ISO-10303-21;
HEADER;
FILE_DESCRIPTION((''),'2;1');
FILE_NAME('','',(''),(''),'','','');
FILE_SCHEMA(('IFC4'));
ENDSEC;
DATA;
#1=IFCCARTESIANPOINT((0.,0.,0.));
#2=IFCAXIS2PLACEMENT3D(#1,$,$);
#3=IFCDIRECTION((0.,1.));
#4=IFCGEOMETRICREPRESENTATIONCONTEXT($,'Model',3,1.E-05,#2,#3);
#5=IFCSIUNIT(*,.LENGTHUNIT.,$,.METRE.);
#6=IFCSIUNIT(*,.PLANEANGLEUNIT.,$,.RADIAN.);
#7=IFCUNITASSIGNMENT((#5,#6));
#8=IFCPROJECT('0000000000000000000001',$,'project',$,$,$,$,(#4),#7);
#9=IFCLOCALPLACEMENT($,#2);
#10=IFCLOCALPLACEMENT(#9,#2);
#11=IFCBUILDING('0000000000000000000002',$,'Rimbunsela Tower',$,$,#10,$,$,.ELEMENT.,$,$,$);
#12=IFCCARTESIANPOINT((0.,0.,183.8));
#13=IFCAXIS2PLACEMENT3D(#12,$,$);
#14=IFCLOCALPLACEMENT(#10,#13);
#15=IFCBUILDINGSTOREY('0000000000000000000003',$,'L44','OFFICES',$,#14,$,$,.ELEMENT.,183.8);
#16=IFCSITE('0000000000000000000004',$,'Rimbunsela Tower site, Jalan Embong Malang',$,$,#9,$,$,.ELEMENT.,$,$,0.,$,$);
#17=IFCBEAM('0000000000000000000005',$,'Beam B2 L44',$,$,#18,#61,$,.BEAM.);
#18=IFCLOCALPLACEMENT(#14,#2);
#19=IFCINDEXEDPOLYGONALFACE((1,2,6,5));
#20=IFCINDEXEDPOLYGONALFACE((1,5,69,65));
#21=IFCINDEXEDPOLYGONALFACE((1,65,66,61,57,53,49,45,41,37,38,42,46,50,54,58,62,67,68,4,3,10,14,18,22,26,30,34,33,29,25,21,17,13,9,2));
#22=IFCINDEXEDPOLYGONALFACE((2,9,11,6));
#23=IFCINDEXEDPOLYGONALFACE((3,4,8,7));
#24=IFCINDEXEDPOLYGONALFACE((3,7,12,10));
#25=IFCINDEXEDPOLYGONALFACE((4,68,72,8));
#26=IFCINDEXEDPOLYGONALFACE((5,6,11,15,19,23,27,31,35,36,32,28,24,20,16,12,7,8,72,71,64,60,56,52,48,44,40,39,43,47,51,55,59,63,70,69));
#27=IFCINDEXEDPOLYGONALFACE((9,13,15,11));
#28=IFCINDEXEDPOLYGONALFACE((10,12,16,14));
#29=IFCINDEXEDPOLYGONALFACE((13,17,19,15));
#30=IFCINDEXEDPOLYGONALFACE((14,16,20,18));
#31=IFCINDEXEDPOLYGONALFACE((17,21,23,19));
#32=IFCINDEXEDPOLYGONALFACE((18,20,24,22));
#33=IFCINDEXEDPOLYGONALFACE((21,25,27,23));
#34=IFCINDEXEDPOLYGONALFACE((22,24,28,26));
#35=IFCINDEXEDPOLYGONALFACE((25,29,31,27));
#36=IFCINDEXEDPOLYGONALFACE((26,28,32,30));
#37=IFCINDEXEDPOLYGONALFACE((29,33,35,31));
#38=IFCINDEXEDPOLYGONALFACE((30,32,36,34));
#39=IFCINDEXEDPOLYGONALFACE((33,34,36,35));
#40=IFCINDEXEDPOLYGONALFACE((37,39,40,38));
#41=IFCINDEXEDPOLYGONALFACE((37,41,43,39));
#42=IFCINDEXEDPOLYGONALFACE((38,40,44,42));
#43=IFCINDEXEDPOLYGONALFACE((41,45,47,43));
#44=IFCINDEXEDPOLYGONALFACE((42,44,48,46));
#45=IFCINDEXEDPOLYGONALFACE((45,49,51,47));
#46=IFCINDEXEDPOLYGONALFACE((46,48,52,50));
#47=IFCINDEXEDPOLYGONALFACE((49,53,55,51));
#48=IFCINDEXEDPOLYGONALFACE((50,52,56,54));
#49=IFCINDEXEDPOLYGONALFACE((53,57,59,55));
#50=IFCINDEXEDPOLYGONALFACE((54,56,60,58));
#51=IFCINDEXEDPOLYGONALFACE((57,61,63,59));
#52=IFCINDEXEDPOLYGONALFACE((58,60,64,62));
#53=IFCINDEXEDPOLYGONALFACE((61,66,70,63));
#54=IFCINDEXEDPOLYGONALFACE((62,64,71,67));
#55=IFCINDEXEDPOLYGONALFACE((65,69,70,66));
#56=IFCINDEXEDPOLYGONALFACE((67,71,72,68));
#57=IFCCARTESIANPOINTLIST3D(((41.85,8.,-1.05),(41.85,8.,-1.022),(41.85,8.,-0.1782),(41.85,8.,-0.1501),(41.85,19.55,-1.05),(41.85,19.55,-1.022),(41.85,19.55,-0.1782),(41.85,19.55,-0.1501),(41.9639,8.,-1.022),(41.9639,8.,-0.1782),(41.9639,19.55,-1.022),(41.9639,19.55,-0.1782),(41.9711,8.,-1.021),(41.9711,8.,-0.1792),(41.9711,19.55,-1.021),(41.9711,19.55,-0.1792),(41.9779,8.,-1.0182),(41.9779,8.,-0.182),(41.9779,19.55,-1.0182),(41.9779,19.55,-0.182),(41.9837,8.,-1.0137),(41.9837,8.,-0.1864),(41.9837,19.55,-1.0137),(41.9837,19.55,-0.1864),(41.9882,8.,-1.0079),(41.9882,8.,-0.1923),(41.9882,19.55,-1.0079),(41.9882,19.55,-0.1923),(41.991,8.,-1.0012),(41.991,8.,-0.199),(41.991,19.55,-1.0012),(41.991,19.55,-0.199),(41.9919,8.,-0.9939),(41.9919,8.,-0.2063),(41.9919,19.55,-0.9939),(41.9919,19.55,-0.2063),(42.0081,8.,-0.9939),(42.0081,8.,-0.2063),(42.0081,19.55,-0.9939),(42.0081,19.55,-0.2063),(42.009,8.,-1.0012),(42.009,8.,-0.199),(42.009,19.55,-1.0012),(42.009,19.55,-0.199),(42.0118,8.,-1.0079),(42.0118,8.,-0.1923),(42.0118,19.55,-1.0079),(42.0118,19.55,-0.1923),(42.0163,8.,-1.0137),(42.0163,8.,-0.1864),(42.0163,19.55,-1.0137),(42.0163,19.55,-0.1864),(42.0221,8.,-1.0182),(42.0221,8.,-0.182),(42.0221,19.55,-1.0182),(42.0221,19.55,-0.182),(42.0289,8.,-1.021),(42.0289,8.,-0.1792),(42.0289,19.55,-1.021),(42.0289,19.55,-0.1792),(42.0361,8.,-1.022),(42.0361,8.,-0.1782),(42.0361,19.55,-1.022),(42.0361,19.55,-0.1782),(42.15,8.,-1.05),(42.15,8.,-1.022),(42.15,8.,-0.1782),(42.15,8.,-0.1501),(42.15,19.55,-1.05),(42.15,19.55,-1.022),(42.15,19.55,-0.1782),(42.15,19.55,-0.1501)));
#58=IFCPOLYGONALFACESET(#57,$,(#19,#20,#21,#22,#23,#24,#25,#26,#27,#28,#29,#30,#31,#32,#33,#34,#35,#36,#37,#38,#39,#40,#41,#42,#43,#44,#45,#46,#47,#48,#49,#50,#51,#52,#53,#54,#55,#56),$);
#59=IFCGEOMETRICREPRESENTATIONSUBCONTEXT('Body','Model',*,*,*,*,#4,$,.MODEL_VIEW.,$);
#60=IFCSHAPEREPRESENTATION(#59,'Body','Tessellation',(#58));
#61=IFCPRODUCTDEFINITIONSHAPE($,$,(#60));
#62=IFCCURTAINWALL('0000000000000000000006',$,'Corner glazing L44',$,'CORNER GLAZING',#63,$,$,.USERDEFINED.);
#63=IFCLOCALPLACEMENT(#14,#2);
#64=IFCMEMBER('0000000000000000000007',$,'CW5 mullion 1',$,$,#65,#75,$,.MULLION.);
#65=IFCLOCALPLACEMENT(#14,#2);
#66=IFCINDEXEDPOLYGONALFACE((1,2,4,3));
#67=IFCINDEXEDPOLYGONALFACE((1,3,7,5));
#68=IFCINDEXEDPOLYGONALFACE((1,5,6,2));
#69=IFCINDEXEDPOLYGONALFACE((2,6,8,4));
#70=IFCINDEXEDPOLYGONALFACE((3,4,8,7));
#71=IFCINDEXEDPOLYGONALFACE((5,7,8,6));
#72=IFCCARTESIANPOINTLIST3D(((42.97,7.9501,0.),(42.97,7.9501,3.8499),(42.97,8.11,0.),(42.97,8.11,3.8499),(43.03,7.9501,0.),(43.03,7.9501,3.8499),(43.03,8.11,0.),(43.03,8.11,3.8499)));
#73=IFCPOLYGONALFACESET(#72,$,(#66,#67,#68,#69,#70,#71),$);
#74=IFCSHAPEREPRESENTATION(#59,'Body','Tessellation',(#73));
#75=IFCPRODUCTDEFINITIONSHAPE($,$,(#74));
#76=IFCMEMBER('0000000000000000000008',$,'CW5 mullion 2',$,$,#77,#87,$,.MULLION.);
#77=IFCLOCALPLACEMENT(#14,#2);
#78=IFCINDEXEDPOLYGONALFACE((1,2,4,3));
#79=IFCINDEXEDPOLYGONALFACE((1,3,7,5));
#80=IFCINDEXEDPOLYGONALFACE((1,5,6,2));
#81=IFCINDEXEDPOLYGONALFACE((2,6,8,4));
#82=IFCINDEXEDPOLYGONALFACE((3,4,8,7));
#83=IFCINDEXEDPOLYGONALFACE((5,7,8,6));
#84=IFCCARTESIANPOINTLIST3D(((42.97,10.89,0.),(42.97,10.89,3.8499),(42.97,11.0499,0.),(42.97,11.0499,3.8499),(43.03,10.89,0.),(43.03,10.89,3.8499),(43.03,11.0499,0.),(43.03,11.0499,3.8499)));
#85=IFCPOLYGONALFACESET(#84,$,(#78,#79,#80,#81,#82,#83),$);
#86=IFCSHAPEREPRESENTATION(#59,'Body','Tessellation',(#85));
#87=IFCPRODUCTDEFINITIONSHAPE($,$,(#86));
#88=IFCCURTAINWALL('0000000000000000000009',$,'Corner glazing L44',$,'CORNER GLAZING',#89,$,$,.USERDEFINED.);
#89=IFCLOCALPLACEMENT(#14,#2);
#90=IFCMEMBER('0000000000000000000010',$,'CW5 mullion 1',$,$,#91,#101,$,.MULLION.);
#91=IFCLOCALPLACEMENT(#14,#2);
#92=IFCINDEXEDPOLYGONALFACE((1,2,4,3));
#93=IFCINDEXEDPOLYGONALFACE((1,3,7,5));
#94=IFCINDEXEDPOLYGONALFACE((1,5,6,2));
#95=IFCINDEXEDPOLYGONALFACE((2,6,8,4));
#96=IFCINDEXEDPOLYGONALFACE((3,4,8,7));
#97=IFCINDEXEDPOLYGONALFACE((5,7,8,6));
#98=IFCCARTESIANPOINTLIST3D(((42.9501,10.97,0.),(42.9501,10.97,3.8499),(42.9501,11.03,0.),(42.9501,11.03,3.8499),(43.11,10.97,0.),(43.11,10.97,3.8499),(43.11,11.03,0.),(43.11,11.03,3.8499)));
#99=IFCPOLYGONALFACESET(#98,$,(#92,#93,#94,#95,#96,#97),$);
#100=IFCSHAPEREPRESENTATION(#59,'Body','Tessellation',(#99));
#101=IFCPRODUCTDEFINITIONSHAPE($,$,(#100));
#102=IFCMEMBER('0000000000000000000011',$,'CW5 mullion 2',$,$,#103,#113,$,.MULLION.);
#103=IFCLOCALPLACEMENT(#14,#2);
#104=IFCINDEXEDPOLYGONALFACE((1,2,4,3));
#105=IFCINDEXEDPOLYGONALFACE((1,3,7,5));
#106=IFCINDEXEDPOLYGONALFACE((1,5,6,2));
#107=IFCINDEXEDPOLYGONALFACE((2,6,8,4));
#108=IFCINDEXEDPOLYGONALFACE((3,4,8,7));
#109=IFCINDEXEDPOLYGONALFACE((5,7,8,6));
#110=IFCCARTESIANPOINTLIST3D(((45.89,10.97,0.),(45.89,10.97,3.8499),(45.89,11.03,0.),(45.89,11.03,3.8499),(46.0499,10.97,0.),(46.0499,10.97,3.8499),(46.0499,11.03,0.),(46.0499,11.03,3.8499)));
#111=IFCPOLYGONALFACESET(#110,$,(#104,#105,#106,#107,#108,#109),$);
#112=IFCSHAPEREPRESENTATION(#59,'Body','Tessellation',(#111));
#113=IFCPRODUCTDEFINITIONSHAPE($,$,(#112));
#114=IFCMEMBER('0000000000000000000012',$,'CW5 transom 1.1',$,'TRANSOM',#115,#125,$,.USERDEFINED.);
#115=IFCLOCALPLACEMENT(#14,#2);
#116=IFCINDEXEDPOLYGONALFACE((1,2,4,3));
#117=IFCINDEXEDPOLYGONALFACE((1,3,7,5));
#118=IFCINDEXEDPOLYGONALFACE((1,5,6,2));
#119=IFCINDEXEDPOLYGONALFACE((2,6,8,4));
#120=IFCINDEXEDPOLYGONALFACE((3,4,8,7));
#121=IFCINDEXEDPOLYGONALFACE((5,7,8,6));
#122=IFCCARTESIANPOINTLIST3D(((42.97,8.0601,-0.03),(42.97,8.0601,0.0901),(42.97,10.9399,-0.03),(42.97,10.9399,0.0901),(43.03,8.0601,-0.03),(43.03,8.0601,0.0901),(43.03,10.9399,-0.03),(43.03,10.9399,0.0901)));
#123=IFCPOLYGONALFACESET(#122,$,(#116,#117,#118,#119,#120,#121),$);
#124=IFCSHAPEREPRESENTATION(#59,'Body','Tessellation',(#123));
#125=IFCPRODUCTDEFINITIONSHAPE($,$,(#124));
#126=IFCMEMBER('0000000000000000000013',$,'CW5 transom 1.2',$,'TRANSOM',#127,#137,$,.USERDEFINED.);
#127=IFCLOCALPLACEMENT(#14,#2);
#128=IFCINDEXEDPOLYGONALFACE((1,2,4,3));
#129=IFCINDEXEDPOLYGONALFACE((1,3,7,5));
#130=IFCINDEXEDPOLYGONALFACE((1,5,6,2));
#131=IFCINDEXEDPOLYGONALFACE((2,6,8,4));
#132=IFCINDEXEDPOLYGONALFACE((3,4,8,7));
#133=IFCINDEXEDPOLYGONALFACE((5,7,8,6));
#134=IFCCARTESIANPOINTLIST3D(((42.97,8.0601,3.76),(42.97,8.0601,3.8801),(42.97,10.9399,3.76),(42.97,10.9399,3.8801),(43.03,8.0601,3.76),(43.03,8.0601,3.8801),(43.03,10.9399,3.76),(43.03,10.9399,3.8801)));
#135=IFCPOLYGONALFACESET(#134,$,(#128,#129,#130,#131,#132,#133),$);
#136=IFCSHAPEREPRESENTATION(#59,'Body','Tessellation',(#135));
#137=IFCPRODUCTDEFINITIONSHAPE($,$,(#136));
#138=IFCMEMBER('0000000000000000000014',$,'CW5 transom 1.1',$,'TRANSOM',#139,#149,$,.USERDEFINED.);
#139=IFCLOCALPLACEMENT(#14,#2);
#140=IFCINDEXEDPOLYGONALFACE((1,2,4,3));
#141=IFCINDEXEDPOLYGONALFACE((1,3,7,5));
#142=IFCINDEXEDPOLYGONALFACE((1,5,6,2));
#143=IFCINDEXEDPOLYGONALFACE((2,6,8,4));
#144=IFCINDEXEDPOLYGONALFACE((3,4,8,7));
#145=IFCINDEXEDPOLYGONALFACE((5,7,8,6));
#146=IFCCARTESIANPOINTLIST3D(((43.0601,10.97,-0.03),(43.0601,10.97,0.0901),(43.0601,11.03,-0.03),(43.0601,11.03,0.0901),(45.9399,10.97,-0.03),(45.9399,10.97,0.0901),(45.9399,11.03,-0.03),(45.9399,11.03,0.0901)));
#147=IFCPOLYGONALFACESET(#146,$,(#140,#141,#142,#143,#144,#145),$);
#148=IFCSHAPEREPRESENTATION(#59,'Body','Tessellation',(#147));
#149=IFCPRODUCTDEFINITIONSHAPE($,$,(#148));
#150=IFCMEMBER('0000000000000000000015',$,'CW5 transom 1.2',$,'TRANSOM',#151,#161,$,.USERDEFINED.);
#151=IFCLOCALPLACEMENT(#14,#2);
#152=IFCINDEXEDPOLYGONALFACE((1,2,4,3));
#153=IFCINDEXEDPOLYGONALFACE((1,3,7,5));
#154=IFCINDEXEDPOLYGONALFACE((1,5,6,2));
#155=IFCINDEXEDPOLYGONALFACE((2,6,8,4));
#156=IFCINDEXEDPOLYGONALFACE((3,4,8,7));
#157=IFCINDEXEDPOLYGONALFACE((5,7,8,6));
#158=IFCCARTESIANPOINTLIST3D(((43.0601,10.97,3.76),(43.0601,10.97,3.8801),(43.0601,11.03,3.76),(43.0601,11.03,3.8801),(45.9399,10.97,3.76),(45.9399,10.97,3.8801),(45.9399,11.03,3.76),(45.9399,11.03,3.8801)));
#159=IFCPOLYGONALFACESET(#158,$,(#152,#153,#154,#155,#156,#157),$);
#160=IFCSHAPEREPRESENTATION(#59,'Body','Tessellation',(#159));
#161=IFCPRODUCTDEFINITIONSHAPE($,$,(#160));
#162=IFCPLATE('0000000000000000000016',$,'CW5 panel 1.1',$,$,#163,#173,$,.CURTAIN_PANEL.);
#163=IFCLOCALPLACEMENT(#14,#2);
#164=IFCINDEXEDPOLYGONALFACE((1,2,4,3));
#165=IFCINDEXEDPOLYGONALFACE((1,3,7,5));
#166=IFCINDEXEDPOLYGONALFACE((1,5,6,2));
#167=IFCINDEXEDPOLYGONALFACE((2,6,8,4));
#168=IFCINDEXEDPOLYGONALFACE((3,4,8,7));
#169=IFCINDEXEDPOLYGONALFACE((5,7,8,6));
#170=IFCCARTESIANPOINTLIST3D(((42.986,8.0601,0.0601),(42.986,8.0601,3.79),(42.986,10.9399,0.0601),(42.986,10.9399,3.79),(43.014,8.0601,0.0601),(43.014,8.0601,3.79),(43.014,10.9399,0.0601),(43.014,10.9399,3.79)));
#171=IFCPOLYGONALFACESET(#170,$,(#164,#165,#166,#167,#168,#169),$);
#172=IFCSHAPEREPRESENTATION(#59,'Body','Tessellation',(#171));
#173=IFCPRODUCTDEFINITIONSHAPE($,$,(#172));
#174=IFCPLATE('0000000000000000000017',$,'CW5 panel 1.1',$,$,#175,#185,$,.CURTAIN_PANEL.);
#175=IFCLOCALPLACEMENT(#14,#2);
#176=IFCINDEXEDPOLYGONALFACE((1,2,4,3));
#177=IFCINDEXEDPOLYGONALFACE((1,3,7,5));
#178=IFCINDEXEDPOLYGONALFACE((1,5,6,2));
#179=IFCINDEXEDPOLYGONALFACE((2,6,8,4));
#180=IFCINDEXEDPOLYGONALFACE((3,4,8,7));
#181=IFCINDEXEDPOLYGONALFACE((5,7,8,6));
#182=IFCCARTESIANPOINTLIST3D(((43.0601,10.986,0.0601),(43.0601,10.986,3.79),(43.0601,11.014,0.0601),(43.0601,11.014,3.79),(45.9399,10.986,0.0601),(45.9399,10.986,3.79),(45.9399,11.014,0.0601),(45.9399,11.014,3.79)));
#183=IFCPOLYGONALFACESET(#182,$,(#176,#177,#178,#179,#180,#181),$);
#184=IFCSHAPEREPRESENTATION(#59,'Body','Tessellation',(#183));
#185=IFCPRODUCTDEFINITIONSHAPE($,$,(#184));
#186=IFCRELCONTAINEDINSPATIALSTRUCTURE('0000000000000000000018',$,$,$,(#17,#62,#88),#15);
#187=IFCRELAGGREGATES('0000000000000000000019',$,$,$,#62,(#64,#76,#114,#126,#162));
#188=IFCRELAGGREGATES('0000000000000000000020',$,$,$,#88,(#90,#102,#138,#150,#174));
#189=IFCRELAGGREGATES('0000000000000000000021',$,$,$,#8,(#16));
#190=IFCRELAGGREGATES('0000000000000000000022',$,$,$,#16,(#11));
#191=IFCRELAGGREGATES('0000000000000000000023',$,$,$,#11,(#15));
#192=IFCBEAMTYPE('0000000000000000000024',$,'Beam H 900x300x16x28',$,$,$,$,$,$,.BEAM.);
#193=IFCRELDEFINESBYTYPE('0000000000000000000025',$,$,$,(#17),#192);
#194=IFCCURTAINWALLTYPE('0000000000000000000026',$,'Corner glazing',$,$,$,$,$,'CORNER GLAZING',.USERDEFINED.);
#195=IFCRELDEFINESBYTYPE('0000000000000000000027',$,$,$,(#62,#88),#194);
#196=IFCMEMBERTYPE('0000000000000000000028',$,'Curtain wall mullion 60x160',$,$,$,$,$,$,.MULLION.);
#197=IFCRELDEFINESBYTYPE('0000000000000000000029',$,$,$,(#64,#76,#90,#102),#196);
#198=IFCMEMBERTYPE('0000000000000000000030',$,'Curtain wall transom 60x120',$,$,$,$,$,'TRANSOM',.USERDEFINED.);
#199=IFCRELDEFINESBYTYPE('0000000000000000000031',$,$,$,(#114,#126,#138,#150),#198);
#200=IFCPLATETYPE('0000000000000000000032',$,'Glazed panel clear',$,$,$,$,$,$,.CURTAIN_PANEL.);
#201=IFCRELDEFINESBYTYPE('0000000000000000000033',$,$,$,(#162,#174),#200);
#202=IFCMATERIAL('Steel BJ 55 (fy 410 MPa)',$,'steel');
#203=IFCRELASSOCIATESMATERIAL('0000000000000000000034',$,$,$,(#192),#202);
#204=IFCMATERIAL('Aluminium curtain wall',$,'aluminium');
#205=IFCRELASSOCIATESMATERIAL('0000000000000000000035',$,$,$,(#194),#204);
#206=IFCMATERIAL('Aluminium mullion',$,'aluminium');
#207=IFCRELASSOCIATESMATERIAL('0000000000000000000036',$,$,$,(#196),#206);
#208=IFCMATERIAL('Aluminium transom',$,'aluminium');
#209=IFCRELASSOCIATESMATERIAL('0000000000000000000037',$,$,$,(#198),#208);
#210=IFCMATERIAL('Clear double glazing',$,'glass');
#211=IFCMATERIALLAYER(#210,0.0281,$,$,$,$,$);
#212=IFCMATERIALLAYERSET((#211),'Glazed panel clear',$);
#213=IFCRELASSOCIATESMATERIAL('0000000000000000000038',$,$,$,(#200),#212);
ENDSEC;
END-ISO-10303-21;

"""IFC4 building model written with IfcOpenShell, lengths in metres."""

from ifc_helpers import new_model, si_unit, direction, frame, origin, origin_2d, place, context, subcontext, project, spatial, rectangle, i_section, extrude, material, layer, layer_set, material_profile, profile_set, type_object, element, aggregate, save


model = new_model("IFC4")

# Units and contexts
model_context = context("Model", 3, precision=1e-05, world=origin(), true_north=direction((0.0, 1.0)))
body_context = subcontext(model_context, "Body", "Model", "MODEL_VIEW")
ifc_project = project(units=[si_unit("LENGTHUNIT", "METRE"), si_unit("PLANEANGLEUNIT", "RADIAN")], contexts=[model_context])

# Site, building, storey
site_placement = place(None, origin())
site = spatial("IfcSite", under=ifc_project, at=site_placement, Name="Rimbunsela Tower site, Jalan Embong Malang", CompositionType="ELEMENT", RefElevation=0.0)
building_placement = place(site_placement, origin())
building = spatial("IfcBuilding", under=site, at=building_placement, Name="Rimbunsela Tower", CompositionType="ELEMENT")
storey_placement = place(building_placement, frame((0.0, 0.0, 183.8)))
storey = spatial("IfcBuildingStorey", under=building, at=storey_placement, Name="L44", Description="OFFICES", CompositionType="ELEMENT", Elevation=183.8)

# Beam
ifc_material_1 = material(Name="Steel BJ 55 (fy 410 MPa)", Category="steel")
ifc_material_profile_1 = material_profile(ifc_material_1, i_section(OverallWidth=0.3, OverallDepth=0.8999, WebThickness=0.0161, FlangeThickness=0.0281, FilletRadius=0.0281, at=origin_2d()), Name="H 900x300x16x28")
ifc_profile_set_1 = profile_set([ifc_material_profile_1], Name="Steel BJ 55 (fy 410 MPa)")
beam_type_1 = type_object("IfcBeamType", Name="Beam H 900x300x16x28", PredefinedType="BEAM", material=ifc_profile_set_1)
for number, where, z_axis, x_axis, name in (
    (1, (42.0, 8.0, -0.6001), (0.0, 1.0, 0.0), (-1.0, 0.0, 0.0), "Beam B2 L44"),
):
    element("IfcBeam", number, at=place(storey_placement, frame(where, z_axis=z_axis, x_axis=x_axis)), inside=storey, type_object=beam_type_1, Name=name, PredefinedType="BEAM", context=body_context, shape_type="SweptSolid", body=[
        extrude(i_section(OverallWidth=0.3, OverallDepth=0.8999, WebThickness=0.0161, FlangeThickness=0.0281, FilletRadius=0.0281, at=origin_2d()), origin(), (0.0, 0.0, 1.0), 11.55),
    ])

# Curtain walls, members
ifc_material_2 = material(Name="Aluminium curtain wall", Category="aluminium")
curtain_wall_type = type_object("IfcCurtainWallType", Name="Corner glazing", ElementType="CORNER GLAZING", PredefinedType="USERDEFINED", material=ifc_material_2)
curtain_wall_1_placement = place(storey_placement, origin())
curtain_wall_1 = element("IfcCurtainWall", 2, at=curtain_wall_1_placement, inside=storey, type_object=curtain_wall_type, Name="Corner glazing L44", ObjectType="CORNER GLAZING", PredefinedType="USERDEFINED")
ifc_material_3 = material(Name="Aluminium mullion", Category="aluminium")
ifc_material_profile_2 = material_profile(ifc_material_3, rectangle(XDim=0.0601, YDim=0.1599, at=origin_2d()), Name="Mullion 60x160")
ifc_profile_set_2 = profile_set([ifc_material_profile_2], Name="Aluminium mullion")
member_type_1 = type_object("IfcMemberType", Name="Curtain wall mullion 60x160", PredefinedType="MULLION", material=ifc_profile_set_2)
member_1_placement = place(storey_placement, frame((43.0, 8.03, 0.0), z_axis=(0.0, 0.0, 1.0), x_axis=(-1.0, 0.0, 0.0)))
member_1 = element("IfcMember", 3, at=member_1_placement, type_object=member_type_1, Name="CW5 mullion 1", PredefinedType="MULLION", context=body_context, shape_type="SweptSolid", body=[
    extrude(rectangle(XDim=0.0601, YDim=0.1599, at=origin_2d()), origin(), (0.0, 0.0, 1.0), 3.8499),
])
member_2_placement = place(storey_placement, frame((43.0, 10.97, 0.0), z_axis=(0.0, 0.0, 1.0), x_axis=(-1.0, 0.0, 0.0)))
member_2 = element("IfcMember", 4, at=member_2_placement, type_object=member_type_1, Name="CW5 mullion 2", PredefinedType="MULLION", context=body_context, shape_type="SweptSolid", body=[
    extrude(rectangle(XDim=0.0601, YDim=0.1599, at=origin_2d()), origin(), (0.0, 0.0, 1.0), 3.8499),
])
curtain_wall_2_placement = place(storey_placement, origin())
curtain_wall_2 = element("IfcCurtainWall", 5, at=curtain_wall_2_placement, inside=storey, type_object=curtain_wall_type, Name="Corner glazing L44", ObjectType="CORNER GLAZING", PredefinedType="USERDEFINED")
member_3_placement = place(storey_placement, frame((43.03, 11.0, 0.0), z_axis=(0.0, 0.0, 1.0), x_axis=(0.0, 1.0, 0.0)))
member_3 = element("IfcMember", 6, at=member_3_placement, type_object=member_type_1, Name="CW5 mullion 1", PredefinedType="MULLION", context=body_context, shape_type="SweptSolid", body=[
    extrude(rectangle(XDim=0.0601, YDim=0.1599, at=origin_2d()), origin(), (0.0, 0.0, 1.0), 3.8499),
])
member_4_placement = place(storey_placement, frame((45.97, 11.0, 0.0), z_axis=(0.0, 0.0, 1.0), x_axis=(0.0, 1.0, 0.0)))
member_4 = element("IfcMember", 7, at=member_4_placement, type_object=member_type_1, Name="CW5 mullion 2", PredefinedType="MULLION", context=body_context, shape_type="SweptSolid", body=[
    extrude(rectangle(XDim=0.0601, YDim=0.1599, at=origin_2d()), origin(), (0.0, 0.0, 1.0), 3.8499),
])

# Members
ifc_material_4 = material(Name="Aluminium transom", Category="aluminium")
ifc_material_profile_3 = material_profile(ifc_material_4, rectangle(XDim=0.0601, YDim=0.1201, at=origin_2d()), Name="Transom 60x120")
ifc_profile_set_3 = profile_set([ifc_material_profile_3], Name="Aluminium transom")
member_type_2 = type_object("IfcMemberType", Name="Curtain wall transom 60x120", ElementType="TRANSOM", PredefinedType="USERDEFINED", material=ifc_profile_set_3)
member_5_placement = place(storey_placement, frame((43.0, 8.0601, 0.03), z_axis=(0.0, 1.0, 0.0), x_axis=(-1.0, 0.0, 0.0)))
member_5 = element("IfcMember", 8, at=member_5_placement, type_object=member_type_2, Name="CW5 transom 1.1", ObjectType="TRANSOM", PredefinedType="USERDEFINED", context=body_context, shape_type="SweptSolid", body=[
    extrude(rectangle(XDim=0.0601, YDim=0.1201, at=origin_2d()), origin(), (0.0, 0.0, 1.0), 2.8799),
])
member_6_placement = place(storey_placement, frame((43.0, 8.0601, 3.8201), z_axis=(0.0, 1.0, 0.0), x_axis=(-1.0, 0.0, 0.0)))
member_6 = element("IfcMember", 9, at=member_6_placement, type_object=member_type_2, Name="CW5 transom 1.2", ObjectType="TRANSOM", PredefinedType="USERDEFINED", context=body_context, shape_type="SweptSolid", body=[
    extrude(rectangle(XDim=0.0601, YDim=0.1201, at=origin_2d()), origin(), (0.0, 0.0, 1.0), 2.8799),
])
member_7_placement = place(storey_placement, frame((43.0601, 11.0, 0.03), z_axis=(1.0, 0.0, 0.0), x_axis=(0.0, 1.0, 0.0)))
member_7 = element("IfcMember", 10, at=member_7_placement, type_object=member_type_2, Name="CW5 transom 1.1", ObjectType="TRANSOM", PredefinedType="USERDEFINED", context=body_context, shape_type="SweptSolid", body=[
    extrude(rectangle(XDim=0.0601, YDim=0.1201, at=origin_2d()), origin(), (0.0, 0.0, 1.0), 2.8799),
])
member_8_placement = place(storey_placement, frame((43.0601, 11.0, 3.8201), z_axis=(1.0, 0.0, 0.0), x_axis=(0.0, 1.0, 0.0)))
member_8 = element("IfcMember", 11, at=member_8_placement, type_object=member_type_2, Name="CW5 transom 1.2", ObjectType="TRANSOM", PredefinedType="USERDEFINED", context=body_context, shape_type="SweptSolid", body=[
    extrude(rectangle(XDim=0.0601, YDim=0.1201, at=origin_2d()), origin(), (0.0, 0.0, 1.0), 2.8799),
])

# Plates
ifc_material_5 = material(Name="Clear double glazing", Category="glass")
ifc_layer_1 = layer(ifc_material_5, 0.0281)
ifc_layer_set_1 = layer_set([ifc_layer_1], Name="Glazed panel clear")
plate_type = type_object("IfcPlateType", Name="Glazed panel clear", PredefinedType="CURTAIN_PANEL", material=ifc_layer_set_1)
plate_1_placement = place(storey_placement, frame((43.0, 9.5, 0.0601), z_axis=(0.0, 0.0, 1.0), x_axis=(0.0, 1.0, 0.0)))
plate_1 = element("IfcPlate", 12, at=plate_1_placement, type_object=plate_type, Name="CW5 panel 1.1", PredefinedType="CURTAIN_PANEL", context=body_context, shape_type="SweptSolid", body=[
    extrude(rectangle(XDim=2.8799, YDim=0.0281, at=origin_2d()), origin(), (0.0, 0.0, 1.0), 3.73),
])
aggregate(curtain_wall_1, [member_1, member_2, member_5, member_6, plate_1])
plate_2_placement = place(storey_placement, frame((44.5, 11.0, 0.0601), z_axis=(0.0, 0.0, 1.0), x_axis=(1.0, 0.0, 0.0)))
plate_2 = element("IfcPlate", 13, at=plate_2_placement, type_object=plate_type, Name="CW5 panel 1.1", PredefinedType="CURTAIN_PANEL", context=body_context, shape_type="SweptSolid", body=[
    extrude(rectangle(XDim=2.8799, YDim=0.0281, at=origin_2d()), origin(), (0.0, 0.0, 1.0), 3.73),
])
aggregate(curtain_wall_2, [member_3, member_4, member_7, member_8, plate_2])

save(model, "model.ifc")
